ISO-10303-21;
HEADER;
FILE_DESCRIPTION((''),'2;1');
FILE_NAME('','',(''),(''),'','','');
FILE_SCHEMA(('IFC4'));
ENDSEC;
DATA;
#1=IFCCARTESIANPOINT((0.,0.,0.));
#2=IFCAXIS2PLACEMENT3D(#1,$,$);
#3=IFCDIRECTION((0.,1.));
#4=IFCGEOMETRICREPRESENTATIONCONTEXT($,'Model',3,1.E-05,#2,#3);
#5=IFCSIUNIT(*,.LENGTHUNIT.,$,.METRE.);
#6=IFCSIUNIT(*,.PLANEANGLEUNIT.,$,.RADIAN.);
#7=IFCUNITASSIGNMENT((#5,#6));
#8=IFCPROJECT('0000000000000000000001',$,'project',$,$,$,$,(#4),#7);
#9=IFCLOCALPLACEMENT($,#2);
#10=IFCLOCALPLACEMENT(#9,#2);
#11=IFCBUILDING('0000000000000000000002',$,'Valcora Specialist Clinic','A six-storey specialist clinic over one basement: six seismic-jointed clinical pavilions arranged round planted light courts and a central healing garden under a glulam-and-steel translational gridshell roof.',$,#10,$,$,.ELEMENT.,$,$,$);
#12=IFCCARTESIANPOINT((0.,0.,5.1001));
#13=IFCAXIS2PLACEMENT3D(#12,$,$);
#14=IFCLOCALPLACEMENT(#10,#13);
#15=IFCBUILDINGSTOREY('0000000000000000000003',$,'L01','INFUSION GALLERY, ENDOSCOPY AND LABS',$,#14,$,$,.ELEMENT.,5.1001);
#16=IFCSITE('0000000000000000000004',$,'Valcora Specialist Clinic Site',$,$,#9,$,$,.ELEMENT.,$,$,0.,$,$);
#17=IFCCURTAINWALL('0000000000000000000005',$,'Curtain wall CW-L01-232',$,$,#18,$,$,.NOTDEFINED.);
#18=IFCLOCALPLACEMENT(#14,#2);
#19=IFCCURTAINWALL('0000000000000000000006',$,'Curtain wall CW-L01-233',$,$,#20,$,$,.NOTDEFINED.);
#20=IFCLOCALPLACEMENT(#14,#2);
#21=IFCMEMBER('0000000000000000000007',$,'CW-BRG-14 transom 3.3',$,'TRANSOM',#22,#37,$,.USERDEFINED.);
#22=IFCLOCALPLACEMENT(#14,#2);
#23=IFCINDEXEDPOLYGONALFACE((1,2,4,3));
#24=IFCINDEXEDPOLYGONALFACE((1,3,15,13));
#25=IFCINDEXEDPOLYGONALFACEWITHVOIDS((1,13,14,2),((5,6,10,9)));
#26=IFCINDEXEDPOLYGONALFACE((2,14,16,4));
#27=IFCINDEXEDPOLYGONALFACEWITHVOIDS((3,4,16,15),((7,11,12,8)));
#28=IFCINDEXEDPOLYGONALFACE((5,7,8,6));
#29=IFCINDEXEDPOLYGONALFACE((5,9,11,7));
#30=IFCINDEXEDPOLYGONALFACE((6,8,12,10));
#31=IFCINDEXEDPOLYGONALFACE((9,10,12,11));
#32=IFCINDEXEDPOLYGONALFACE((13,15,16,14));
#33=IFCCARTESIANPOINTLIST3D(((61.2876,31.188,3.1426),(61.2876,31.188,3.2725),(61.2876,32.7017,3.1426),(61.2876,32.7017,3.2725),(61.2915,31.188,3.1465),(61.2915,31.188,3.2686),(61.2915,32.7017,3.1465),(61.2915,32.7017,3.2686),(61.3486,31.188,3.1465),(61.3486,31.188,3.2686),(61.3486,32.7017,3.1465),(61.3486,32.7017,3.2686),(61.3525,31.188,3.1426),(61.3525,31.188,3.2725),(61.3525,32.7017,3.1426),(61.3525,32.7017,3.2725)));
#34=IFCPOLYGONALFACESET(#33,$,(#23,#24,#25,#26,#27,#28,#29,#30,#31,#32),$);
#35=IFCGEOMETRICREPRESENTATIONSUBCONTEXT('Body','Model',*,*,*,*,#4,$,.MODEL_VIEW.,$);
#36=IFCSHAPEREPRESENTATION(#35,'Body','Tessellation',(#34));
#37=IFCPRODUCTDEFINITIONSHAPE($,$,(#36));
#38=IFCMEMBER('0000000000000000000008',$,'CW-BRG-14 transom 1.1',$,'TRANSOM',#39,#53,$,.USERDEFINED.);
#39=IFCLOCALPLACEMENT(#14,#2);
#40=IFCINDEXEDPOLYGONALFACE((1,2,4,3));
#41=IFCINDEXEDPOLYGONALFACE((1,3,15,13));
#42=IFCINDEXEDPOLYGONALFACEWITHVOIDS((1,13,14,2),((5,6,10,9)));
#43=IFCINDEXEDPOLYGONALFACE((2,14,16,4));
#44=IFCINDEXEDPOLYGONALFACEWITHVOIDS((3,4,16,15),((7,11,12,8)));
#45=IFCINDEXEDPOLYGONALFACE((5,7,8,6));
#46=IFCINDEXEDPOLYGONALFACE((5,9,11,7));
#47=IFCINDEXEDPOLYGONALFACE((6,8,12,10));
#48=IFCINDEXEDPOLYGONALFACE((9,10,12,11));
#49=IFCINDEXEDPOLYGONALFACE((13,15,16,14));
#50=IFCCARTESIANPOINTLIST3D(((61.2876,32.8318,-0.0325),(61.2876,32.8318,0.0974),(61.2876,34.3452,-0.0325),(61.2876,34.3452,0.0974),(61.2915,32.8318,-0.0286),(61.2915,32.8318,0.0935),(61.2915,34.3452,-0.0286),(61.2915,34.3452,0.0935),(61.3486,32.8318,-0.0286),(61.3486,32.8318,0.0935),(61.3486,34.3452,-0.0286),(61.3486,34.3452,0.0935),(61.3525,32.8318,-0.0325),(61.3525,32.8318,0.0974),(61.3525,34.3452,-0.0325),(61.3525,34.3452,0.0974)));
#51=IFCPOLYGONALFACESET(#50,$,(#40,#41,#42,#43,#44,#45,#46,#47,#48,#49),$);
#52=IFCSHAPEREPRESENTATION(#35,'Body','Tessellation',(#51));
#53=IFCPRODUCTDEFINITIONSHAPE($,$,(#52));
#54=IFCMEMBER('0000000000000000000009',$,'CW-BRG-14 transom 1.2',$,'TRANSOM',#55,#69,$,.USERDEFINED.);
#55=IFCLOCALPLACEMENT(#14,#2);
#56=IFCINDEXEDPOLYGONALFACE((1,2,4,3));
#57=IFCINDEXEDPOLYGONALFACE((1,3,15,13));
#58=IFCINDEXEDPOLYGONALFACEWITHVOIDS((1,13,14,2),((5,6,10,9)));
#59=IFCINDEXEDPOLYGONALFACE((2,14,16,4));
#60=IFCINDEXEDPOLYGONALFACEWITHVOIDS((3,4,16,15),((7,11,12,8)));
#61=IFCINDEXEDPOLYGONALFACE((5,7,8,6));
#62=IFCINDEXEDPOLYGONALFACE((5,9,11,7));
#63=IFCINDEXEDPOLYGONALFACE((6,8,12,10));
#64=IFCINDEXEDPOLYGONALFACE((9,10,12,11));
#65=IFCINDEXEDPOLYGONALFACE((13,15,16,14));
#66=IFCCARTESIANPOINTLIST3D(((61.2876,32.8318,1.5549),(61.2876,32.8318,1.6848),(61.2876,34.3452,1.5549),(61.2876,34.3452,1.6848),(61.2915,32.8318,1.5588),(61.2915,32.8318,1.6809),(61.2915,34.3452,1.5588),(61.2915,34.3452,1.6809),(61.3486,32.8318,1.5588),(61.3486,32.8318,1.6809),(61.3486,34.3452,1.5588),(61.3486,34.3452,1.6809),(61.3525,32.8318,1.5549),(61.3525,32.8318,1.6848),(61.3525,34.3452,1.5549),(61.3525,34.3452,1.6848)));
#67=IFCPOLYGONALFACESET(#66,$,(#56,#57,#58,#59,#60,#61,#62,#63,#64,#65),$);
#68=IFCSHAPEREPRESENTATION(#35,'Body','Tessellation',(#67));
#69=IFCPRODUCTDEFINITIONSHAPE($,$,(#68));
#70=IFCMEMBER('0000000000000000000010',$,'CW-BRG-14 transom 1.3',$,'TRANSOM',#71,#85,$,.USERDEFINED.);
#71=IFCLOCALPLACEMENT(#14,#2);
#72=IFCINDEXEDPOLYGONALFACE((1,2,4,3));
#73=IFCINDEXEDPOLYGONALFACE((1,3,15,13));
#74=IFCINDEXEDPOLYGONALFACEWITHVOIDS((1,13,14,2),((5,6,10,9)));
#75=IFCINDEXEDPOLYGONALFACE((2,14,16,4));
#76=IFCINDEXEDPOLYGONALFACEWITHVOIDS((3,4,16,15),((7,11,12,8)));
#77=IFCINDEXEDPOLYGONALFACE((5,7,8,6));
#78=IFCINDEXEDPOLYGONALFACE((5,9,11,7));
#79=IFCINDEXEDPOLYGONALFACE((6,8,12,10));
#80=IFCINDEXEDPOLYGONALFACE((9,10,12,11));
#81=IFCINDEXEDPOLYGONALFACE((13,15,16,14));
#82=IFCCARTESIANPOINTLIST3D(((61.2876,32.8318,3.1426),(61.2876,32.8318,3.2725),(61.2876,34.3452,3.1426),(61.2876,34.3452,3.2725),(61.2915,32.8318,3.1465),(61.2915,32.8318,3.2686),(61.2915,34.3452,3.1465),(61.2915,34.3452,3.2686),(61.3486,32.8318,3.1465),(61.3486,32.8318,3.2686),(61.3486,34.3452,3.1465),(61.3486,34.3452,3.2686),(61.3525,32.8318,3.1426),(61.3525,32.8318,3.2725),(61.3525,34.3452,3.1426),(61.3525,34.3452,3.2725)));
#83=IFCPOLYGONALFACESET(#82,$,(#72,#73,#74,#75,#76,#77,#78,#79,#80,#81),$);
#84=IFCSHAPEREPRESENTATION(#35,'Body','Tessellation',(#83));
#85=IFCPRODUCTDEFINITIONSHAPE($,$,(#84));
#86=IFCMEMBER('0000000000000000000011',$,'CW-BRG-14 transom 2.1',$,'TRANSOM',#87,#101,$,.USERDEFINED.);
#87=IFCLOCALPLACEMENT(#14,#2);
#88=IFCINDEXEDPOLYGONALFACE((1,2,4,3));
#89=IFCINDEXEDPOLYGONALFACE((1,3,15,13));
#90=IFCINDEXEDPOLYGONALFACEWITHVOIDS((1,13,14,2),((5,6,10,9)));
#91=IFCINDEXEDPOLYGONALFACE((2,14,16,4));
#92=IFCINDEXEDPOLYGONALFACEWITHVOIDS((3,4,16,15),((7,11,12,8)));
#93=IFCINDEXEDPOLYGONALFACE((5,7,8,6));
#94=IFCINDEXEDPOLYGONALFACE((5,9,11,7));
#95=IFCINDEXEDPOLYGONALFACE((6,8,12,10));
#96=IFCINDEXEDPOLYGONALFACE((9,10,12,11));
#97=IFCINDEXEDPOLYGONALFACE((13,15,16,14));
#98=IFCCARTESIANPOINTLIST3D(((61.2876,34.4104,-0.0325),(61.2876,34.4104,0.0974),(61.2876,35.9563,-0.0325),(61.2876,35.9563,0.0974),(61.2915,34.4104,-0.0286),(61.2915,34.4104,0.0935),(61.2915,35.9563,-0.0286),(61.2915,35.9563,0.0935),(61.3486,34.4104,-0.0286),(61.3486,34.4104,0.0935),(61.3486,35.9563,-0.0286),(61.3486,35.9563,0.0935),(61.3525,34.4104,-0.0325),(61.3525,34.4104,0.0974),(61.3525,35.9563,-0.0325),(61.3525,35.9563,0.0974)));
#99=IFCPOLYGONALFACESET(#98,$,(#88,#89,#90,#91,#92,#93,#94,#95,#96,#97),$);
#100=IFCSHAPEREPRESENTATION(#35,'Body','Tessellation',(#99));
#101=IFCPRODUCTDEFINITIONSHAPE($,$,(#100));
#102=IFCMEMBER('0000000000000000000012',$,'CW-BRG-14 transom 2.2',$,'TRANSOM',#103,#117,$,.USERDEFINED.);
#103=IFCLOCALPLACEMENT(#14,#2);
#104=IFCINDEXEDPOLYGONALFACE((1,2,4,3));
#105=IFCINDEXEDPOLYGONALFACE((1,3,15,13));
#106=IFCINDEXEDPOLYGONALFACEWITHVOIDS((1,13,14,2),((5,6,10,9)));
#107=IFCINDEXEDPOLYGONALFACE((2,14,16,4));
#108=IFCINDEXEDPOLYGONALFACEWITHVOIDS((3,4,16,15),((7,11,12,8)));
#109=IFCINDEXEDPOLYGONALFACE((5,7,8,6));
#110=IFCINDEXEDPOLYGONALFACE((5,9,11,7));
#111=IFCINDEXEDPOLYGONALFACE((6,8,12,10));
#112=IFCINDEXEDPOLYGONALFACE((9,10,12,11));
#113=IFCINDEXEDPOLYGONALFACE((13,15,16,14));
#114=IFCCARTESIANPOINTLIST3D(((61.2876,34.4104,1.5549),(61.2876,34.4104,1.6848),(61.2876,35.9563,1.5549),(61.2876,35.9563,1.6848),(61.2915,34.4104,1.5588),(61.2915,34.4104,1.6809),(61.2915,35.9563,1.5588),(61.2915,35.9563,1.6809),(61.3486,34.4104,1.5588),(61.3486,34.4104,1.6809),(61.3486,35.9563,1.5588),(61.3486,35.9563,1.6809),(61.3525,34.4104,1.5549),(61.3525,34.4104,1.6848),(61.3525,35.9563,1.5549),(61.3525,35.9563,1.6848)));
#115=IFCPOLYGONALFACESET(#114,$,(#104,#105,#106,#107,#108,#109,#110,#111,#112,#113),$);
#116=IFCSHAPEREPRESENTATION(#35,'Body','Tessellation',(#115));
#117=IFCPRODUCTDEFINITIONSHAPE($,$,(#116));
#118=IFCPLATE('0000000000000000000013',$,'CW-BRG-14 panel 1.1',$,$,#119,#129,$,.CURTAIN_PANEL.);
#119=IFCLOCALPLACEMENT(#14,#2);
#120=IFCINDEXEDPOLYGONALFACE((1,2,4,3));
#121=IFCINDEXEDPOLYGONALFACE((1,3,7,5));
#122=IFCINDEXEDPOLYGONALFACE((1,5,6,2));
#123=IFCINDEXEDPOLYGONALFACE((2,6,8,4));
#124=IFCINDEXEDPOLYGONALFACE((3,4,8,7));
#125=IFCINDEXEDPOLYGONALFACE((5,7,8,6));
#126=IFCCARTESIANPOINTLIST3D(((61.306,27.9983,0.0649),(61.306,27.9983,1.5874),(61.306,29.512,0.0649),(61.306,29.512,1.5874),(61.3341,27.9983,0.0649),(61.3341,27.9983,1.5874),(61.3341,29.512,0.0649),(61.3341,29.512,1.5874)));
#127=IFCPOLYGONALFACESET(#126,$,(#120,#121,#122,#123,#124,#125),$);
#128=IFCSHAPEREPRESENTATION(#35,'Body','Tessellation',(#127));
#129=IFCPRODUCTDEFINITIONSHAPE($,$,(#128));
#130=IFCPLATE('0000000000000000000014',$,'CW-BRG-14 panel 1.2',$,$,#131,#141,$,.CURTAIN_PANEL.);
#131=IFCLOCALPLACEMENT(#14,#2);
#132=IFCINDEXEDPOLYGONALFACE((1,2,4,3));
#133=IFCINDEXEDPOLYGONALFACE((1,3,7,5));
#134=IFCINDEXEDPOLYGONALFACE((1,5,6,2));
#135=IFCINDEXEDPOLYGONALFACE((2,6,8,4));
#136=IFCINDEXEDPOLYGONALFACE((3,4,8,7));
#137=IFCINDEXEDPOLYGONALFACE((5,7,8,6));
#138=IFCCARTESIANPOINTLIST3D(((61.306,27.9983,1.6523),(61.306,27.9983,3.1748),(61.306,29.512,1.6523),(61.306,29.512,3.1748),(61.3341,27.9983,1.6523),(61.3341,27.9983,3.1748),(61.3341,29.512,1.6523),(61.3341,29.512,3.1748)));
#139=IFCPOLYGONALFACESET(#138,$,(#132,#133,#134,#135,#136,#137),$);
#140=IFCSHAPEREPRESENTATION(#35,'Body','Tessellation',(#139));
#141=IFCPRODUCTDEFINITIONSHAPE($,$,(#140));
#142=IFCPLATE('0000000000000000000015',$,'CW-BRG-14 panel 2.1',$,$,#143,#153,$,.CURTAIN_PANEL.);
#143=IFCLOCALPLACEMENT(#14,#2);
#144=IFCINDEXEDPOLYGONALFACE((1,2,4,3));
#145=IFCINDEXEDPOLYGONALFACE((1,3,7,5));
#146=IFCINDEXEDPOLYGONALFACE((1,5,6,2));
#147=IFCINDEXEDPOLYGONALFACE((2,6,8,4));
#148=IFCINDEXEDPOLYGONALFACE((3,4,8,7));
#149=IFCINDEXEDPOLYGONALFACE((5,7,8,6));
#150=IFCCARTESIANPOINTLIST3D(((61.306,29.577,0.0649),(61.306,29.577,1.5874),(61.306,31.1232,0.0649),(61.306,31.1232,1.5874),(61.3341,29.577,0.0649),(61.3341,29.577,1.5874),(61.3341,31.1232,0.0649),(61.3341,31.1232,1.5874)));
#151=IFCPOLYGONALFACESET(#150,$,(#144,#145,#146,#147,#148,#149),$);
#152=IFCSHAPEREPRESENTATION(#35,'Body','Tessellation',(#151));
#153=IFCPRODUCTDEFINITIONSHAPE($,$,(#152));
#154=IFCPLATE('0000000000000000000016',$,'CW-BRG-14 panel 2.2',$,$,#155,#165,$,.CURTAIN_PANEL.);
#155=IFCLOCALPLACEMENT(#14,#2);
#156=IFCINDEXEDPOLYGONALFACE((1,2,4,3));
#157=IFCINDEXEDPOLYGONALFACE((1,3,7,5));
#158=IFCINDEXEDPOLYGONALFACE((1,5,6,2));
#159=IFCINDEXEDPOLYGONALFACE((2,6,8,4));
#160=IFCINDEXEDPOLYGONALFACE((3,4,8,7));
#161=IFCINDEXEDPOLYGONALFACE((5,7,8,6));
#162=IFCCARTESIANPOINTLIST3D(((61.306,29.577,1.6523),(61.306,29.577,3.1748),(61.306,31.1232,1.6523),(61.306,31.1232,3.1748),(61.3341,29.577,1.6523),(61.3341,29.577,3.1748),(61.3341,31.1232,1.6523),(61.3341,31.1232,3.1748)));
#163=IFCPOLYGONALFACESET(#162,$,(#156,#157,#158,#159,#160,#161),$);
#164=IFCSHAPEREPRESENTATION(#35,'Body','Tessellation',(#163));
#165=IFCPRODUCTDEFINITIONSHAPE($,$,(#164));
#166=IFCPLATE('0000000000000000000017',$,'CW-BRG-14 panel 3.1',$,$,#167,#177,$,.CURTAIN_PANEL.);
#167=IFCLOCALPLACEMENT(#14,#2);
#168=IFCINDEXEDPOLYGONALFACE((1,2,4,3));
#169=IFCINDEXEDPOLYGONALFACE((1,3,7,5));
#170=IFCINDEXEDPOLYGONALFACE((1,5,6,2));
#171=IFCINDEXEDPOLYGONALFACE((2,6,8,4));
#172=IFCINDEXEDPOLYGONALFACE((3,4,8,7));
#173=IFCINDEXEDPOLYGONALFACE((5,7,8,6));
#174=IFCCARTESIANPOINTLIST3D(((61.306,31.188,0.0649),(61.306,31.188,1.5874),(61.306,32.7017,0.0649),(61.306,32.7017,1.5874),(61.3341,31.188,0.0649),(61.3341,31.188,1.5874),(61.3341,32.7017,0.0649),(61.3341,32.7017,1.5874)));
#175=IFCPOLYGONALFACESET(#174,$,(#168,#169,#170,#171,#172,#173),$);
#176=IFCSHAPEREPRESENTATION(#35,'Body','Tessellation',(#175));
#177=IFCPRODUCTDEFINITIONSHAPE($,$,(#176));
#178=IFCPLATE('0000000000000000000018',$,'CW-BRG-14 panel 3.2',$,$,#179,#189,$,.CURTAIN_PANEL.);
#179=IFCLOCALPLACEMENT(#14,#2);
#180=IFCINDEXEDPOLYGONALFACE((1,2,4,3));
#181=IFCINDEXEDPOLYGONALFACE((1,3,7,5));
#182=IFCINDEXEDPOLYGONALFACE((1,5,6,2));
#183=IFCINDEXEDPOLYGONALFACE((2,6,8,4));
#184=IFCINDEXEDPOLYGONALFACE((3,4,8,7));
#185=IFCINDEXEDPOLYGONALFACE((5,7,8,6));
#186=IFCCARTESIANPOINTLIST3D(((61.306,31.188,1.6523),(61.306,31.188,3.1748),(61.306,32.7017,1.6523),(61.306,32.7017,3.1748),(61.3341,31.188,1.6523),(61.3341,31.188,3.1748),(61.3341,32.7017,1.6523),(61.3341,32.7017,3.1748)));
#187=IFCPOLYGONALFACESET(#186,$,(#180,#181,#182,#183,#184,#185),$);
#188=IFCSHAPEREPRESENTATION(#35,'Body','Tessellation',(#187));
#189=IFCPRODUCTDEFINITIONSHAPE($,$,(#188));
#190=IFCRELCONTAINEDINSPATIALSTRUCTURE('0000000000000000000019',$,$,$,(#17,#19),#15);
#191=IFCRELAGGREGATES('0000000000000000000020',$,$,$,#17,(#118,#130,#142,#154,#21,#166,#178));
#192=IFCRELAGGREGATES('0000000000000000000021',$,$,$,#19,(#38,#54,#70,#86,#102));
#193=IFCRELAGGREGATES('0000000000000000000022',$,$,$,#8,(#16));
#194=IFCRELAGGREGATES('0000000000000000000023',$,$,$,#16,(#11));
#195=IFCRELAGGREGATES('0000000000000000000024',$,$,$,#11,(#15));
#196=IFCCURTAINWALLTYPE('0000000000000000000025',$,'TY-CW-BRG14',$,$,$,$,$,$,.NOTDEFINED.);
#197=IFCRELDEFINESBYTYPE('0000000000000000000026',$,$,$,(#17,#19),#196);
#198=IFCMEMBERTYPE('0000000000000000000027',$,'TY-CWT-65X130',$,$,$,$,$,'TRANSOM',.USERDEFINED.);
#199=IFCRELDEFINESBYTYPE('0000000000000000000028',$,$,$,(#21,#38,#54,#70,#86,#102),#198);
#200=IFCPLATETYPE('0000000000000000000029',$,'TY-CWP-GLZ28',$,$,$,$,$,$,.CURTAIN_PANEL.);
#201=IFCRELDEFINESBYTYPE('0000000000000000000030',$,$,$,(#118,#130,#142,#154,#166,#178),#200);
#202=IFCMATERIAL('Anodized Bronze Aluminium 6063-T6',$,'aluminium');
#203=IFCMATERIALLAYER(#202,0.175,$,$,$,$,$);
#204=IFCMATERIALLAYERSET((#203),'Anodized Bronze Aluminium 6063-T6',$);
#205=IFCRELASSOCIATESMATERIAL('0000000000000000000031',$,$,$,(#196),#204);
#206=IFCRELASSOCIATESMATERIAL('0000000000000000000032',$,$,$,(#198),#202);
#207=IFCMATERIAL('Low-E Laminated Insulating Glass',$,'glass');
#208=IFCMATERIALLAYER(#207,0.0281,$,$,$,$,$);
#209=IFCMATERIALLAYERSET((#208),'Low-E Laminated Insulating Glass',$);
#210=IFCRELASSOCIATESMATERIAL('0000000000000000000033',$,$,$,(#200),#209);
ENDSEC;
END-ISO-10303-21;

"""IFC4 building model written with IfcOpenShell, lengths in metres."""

from ifc_helpers import new_model, si_unit, direction, frame, origin, origin_2d, place, context, subcontext, project, spatial, rectangle, hollow_rectangle, extrude, material, layer, layer_set, material_profile, profile_set, type_object, element, aggregate, save


model = new_model("IFC4")

# Units and contexts
model_context = context("Model", 3, precision=1e-05, world=origin(), true_north=direction((0.0, 1.0)))
body_context = subcontext(model_context, "Body", "Model", "MODEL_VIEW")
ifc_project = project(units=[si_unit("LENGTHUNIT", "METRE"), si_unit("PLANEANGLEUNIT", "RADIAN")], contexts=[model_context])

# Site, building, storey
site_placement = place(None, origin())
site = spatial("IfcSite", under=ifc_project, at=site_placement, Name="Valcora Specialist Clinic Site", CompositionType="ELEMENT", RefElevation=0.0)
building_placement = place(site_placement, origin())
building = spatial("IfcBuilding", under=site, at=building_placement, Name="Valcora Specialist Clinic", Description="A six-storey specialist clinic over one basement: six seismic-jointed clinical pavilions arranged round planted light courts and a central healing garden under a glulam-and-steel translational gridshell roof.", CompositionType="ELEMENT")
storey_placement = place(building_placement, frame((0.0, 0.0, 5.1001)))
storey = spatial("IfcBuildingStorey", under=building, at=storey_placement, Name="L01", Description="INFUSION GALLERY, ENDOSCOPY AND LABS", CompositionType="ELEMENT", Elevation=5.1001)

# Curtain walls
ifc_material_1 = material(Name="Anodized Bronze Aluminium 6063-T6", Category="aluminium")
ifc_layer_1 = layer(ifc_material_1, 0.175)
ifc_layer_set_1 = layer_set([ifc_layer_1], Name="Anodized Bronze Aluminium 6063-T6")
curtain_wall_type = type_object("IfcCurtainWallType", Name="TY-CW-BRG14", PredefinedType="NOTDEFINED", material=ifc_layer_set_1)
curtain_wall_1_placement = place(storey_placement, origin())
curtain_wall_1 = element("IfcCurtainWall", 1, at=curtain_wall_1_placement, inside=storey, type_object=curtain_wall_type, Name="Curtain wall CW-L01-232", PredefinedType="NOTDEFINED")
curtain_wall_2_placement = place(storey_placement, origin())
curtain_wall_2 = element("IfcCurtainWall", 2, at=curtain_wall_2_placement, inside=storey, type_object=curtain_wall_type, Name="Curtain wall CW-L01-233", PredefinedType="NOTDEFINED")

# Members
ifc_material_profile_1 = material_profile(ifc_material_1, hollow_rectangle(XDim=0.0649, YDim=0.1299, WallThickness=0.0039, at=origin_2d()), Name="AL-TRN-65X130")
ifc_profile_set_1 = profile_set([ifc_material_profile_1], Name="Anodized Bronze Aluminium 6063-T6")
member_type_1 = type_object("IfcMemberType", Name="TY-CWT-65X130", ElementType="TRANSOM", PredefinedType="USERDEFINED", material=ifc_profile_set_1)
member_1_placement = place(storey_placement, frame((61.3201, 31.188, 3.2075), z_axis=(0.0, 1.0, 0.0), x_axis=(-1.0, 0.0, 0.0)))
member_1 = element("IfcMember", 3, at=member_1_placement, type_object=member_type_1, Name="CW-BRG-14 transom 3.3", ObjectType="TRANSOM", PredefinedType="USERDEFINED", context=body_context, shape_type="SweptSolid", body=[
    extrude(hollow_rectangle(XDim=0.0649, YDim=0.1299, WallThickness=0.0039, at=origin_2d()), origin(), (0.0, 0.0, 1.0), 1.5137),
])
member_2_placement = place(storey_placement, frame((61.3201, 32.8318, 0.0325), z_axis=(0.0, 1.0, 0.0), x_axis=(-1.0, 0.0, 0.0)))
member_2 = element("IfcMember", 4, at=member_2_placement, type_object=member_type_1, Name="CW-BRG-14 transom 1.1", ObjectType="TRANSOM", PredefinedType="USERDEFINED", context=body_context, shape_type="SweptSolid", body=[
    extrude(hollow_rectangle(XDim=0.0649, YDim=0.1299, WallThickness=0.0039, at=origin_2d()), origin(), (0.0, 0.0, 1.0), 1.5134),
])
member_3_placement = place(storey_placement, frame((61.3201, 32.8318, 1.6199), z_axis=(0.0, 1.0, 0.0), x_axis=(-1.0, 0.0, 0.0)))
member_3 = element("IfcMember", 5, at=member_3_placement, type_object=member_type_1, Name="CW-BRG-14 transom 1.2", ObjectType="TRANSOM", PredefinedType="USERDEFINED", context=body_context, shape_type="SweptSolid", body=[
    extrude(hollow_rectangle(XDim=0.0649, YDim=0.1299, WallThickness=0.0039, at=origin_2d()), origin(), (0.0, 0.0, 1.0), 1.5134),
])
member_4_placement = place(storey_placement, frame((61.3201, 32.8318, 3.2075), z_axis=(0.0, 1.0, 0.0), x_axis=(-1.0, 0.0, 0.0)))
member_4 = element("IfcMember", 6, at=member_4_placement, type_object=member_type_1, Name="CW-BRG-14 transom 1.3", ObjectType="TRANSOM", PredefinedType="USERDEFINED", context=body_context, shape_type="SweptSolid", body=[
    extrude(hollow_rectangle(XDim=0.0649, YDim=0.1299, WallThickness=0.0039, at=origin_2d()), origin(), (0.0, 0.0, 1.0), 1.5134),
])
member_5_placement = place(storey_placement, frame((61.3201, 34.4104, 0.0325), z_axis=(0.0, 1.0, 0.0), x_axis=(-1.0, 0.0, 0.0)))
member_5 = element("IfcMember", 7, at=member_5_placement, type_object=member_type_1, Name="CW-BRG-14 transom 2.1", ObjectType="TRANSOM", PredefinedType="USERDEFINED", context=body_context, shape_type="SweptSolid", body=[
    extrude(hollow_rectangle(XDim=0.0649, YDim=0.1299, WallThickness=0.0039, at=origin_2d()), origin(), (0.0, 0.0, 1.0), 1.5459),
])
member_6_placement = place(storey_placement, frame((61.3201, 34.4104, 1.6199), z_axis=(0.0, 1.0, 0.0), x_axis=(-1.0, 0.0, 0.0)))
member_6 = element("IfcMember", 8, at=member_6_placement, type_object=member_type_1, Name="CW-BRG-14 transom 2.2", ObjectType="TRANSOM", PredefinedType="USERDEFINED", context=body_context, shape_type="SweptSolid", body=[
    extrude(hollow_rectangle(XDim=0.0649, YDim=0.1299, WallThickness=0.0039, at=origin_2d()), origin(), (0.0, 0.0, 1.0), 1.5459),
])

# Plates
ifc_material_2 = material(Name="Low-E Laminated Insulating Glass", Category="glass")
ifc_layer_2 = layer(ifc_material_2, 0.0281)
ifc_layer_set_2 = layer_set([ifc_layer_2], Name="Low-E Laminated Insulating Glass")
plate_type_1 = type_object("IfcPlateType", Name="TY-CWP-GLZ28", PredefinedType="CURTAIN_PANEL", material=ifc_layer_set_2)
plate_1_placement = place(storey_placement, frame((61.3201, 28.7551, 0.0649), z_axis=(0.0, 0.0, 1.0), x_axis=(0.0, 1.0, 0.0)))
plate_1 = element("IfcPlate", 9, at=plate_1_placement, type_object=plate_type_1, Name="CW-BRG-14 panel 1.1", PredefinedType="CURTAIN_PANEL", context=body_context, shape_type="SweptSolid", body=[
    extrude(rectangle(XDim=1.5137, YDim=0.0281, at=origin_2d()), origin(), (0.0, 0.0, 1.0), 1.5225),
])
plate_2_placement = place(storey_placement, frame((61.3201, 28.7551, 1.6523), z_axis=(0.0, 0.0, 1.0), x_axis=(0.0, 1.0, 0.0)))
plate_2 = element("IfcPlate", 10, at=plate_2_placement, type_object=plate_type_1, Name="CW-BRG-14 panel 1.2", PredefinedType="CURTAIN_PANEL", context=body_context, shape_type="SweptSolid", body=[
    extrude(rectangle(XDim=1.5137, YDim=0.0281, at=origin_2d()), origin(), (0.0, 0.0, 1.0), 1.5225),
])
plate_3_placement = place(storey_placement, frame((61.3201, 30.3501, 0.0649), z_axis=(0.0, 0.0, 1.0), x_axis=(0.0, 1.0, 0.0)))
plate_3 = element("IfcPlate", 11, at=plate_3_placement, type_object=plate_type_1, Name="CW-BRG-14 panel 2.1", PredefinedType="CURTAIN_PANEL", context=body_context, shape_type="SweptSolid", body=[
    extrude(rectangle(XDim=1.5461, YDim=0.0281, at=origin_2d()), origin(), (0.0, 0.0, 1.0), 1.5225),
])
plate_4_placement = place(storey_placement, frame((61.3201, 30.3501, 1.6523), z_axis=(0.0, 0.0, 1.0), x_axis=(0.0, 1.0, 0.0)))
plate_4 = element("IfcPlate", 12, at=plate_4_placement, type_object=plate_type_1, Name="CW-BRG-14 panel 2.2", PredefinedType="CURTAIN_PANEL", context=body_context, shape_type="SweptSolid", body=[
    extrude(rectangle(XDim=1.5461, YDim=0.0281, at=origin_2d()), origin(), (0.0, 0.0, 1.0), 1.5225),
])
plate_5_placement = place(storey_placement, frame((61.3201, 31.9448, 0.0649), z_axis=(0.0, 0.0, 1.0), x_axis=(0.0, 1.0, 0.0)))
plate_5 = element("IfcPlate", 13, at=plate_5_placement, type_object=plate_type_1, Name="CW-BRG-14 panel 3.1", PredefinedType="CURTAIN_PANEL", context=body_context, shape_type="SweptSolid", body=[
    extrude(rectangle(XDim=1.5137, YDim=0.0281, at=origin_2d()), origin(), (0.0, 0.0, 1.0), 1.5225),
])
plate_6_placement = place(storey_placement, frame((61.3201, 31.9448, 1.6523), z_axis=(0.0, 0.0, 1.0), x_axis=(0.0, 1.0, 0.0)))
plate_6 = element("IfcPlate", 14, at=plate_6_placement, type_object=plate_type_1, Name="CW-BRG-14 panel 3.2", PredefinedType="CURTAIN_PANEL", context=body_context, shape_type="SweptSolid", body=[
    extrude(rectangle(XDim=1.5137, YDim=0.0281, at=origin_2d()), origin(), (0.0, 0.0, 1.0), 1.5225),
])
aggregate(curtain_wall_1, [plate_1, plate_2, plate_3, plate_4, member_1, plate_5, plate_6])
aggregate(curtain_wall_2, [member_2, member_3, member_4, member_5, member_6])

save(model, "model.ifc")
